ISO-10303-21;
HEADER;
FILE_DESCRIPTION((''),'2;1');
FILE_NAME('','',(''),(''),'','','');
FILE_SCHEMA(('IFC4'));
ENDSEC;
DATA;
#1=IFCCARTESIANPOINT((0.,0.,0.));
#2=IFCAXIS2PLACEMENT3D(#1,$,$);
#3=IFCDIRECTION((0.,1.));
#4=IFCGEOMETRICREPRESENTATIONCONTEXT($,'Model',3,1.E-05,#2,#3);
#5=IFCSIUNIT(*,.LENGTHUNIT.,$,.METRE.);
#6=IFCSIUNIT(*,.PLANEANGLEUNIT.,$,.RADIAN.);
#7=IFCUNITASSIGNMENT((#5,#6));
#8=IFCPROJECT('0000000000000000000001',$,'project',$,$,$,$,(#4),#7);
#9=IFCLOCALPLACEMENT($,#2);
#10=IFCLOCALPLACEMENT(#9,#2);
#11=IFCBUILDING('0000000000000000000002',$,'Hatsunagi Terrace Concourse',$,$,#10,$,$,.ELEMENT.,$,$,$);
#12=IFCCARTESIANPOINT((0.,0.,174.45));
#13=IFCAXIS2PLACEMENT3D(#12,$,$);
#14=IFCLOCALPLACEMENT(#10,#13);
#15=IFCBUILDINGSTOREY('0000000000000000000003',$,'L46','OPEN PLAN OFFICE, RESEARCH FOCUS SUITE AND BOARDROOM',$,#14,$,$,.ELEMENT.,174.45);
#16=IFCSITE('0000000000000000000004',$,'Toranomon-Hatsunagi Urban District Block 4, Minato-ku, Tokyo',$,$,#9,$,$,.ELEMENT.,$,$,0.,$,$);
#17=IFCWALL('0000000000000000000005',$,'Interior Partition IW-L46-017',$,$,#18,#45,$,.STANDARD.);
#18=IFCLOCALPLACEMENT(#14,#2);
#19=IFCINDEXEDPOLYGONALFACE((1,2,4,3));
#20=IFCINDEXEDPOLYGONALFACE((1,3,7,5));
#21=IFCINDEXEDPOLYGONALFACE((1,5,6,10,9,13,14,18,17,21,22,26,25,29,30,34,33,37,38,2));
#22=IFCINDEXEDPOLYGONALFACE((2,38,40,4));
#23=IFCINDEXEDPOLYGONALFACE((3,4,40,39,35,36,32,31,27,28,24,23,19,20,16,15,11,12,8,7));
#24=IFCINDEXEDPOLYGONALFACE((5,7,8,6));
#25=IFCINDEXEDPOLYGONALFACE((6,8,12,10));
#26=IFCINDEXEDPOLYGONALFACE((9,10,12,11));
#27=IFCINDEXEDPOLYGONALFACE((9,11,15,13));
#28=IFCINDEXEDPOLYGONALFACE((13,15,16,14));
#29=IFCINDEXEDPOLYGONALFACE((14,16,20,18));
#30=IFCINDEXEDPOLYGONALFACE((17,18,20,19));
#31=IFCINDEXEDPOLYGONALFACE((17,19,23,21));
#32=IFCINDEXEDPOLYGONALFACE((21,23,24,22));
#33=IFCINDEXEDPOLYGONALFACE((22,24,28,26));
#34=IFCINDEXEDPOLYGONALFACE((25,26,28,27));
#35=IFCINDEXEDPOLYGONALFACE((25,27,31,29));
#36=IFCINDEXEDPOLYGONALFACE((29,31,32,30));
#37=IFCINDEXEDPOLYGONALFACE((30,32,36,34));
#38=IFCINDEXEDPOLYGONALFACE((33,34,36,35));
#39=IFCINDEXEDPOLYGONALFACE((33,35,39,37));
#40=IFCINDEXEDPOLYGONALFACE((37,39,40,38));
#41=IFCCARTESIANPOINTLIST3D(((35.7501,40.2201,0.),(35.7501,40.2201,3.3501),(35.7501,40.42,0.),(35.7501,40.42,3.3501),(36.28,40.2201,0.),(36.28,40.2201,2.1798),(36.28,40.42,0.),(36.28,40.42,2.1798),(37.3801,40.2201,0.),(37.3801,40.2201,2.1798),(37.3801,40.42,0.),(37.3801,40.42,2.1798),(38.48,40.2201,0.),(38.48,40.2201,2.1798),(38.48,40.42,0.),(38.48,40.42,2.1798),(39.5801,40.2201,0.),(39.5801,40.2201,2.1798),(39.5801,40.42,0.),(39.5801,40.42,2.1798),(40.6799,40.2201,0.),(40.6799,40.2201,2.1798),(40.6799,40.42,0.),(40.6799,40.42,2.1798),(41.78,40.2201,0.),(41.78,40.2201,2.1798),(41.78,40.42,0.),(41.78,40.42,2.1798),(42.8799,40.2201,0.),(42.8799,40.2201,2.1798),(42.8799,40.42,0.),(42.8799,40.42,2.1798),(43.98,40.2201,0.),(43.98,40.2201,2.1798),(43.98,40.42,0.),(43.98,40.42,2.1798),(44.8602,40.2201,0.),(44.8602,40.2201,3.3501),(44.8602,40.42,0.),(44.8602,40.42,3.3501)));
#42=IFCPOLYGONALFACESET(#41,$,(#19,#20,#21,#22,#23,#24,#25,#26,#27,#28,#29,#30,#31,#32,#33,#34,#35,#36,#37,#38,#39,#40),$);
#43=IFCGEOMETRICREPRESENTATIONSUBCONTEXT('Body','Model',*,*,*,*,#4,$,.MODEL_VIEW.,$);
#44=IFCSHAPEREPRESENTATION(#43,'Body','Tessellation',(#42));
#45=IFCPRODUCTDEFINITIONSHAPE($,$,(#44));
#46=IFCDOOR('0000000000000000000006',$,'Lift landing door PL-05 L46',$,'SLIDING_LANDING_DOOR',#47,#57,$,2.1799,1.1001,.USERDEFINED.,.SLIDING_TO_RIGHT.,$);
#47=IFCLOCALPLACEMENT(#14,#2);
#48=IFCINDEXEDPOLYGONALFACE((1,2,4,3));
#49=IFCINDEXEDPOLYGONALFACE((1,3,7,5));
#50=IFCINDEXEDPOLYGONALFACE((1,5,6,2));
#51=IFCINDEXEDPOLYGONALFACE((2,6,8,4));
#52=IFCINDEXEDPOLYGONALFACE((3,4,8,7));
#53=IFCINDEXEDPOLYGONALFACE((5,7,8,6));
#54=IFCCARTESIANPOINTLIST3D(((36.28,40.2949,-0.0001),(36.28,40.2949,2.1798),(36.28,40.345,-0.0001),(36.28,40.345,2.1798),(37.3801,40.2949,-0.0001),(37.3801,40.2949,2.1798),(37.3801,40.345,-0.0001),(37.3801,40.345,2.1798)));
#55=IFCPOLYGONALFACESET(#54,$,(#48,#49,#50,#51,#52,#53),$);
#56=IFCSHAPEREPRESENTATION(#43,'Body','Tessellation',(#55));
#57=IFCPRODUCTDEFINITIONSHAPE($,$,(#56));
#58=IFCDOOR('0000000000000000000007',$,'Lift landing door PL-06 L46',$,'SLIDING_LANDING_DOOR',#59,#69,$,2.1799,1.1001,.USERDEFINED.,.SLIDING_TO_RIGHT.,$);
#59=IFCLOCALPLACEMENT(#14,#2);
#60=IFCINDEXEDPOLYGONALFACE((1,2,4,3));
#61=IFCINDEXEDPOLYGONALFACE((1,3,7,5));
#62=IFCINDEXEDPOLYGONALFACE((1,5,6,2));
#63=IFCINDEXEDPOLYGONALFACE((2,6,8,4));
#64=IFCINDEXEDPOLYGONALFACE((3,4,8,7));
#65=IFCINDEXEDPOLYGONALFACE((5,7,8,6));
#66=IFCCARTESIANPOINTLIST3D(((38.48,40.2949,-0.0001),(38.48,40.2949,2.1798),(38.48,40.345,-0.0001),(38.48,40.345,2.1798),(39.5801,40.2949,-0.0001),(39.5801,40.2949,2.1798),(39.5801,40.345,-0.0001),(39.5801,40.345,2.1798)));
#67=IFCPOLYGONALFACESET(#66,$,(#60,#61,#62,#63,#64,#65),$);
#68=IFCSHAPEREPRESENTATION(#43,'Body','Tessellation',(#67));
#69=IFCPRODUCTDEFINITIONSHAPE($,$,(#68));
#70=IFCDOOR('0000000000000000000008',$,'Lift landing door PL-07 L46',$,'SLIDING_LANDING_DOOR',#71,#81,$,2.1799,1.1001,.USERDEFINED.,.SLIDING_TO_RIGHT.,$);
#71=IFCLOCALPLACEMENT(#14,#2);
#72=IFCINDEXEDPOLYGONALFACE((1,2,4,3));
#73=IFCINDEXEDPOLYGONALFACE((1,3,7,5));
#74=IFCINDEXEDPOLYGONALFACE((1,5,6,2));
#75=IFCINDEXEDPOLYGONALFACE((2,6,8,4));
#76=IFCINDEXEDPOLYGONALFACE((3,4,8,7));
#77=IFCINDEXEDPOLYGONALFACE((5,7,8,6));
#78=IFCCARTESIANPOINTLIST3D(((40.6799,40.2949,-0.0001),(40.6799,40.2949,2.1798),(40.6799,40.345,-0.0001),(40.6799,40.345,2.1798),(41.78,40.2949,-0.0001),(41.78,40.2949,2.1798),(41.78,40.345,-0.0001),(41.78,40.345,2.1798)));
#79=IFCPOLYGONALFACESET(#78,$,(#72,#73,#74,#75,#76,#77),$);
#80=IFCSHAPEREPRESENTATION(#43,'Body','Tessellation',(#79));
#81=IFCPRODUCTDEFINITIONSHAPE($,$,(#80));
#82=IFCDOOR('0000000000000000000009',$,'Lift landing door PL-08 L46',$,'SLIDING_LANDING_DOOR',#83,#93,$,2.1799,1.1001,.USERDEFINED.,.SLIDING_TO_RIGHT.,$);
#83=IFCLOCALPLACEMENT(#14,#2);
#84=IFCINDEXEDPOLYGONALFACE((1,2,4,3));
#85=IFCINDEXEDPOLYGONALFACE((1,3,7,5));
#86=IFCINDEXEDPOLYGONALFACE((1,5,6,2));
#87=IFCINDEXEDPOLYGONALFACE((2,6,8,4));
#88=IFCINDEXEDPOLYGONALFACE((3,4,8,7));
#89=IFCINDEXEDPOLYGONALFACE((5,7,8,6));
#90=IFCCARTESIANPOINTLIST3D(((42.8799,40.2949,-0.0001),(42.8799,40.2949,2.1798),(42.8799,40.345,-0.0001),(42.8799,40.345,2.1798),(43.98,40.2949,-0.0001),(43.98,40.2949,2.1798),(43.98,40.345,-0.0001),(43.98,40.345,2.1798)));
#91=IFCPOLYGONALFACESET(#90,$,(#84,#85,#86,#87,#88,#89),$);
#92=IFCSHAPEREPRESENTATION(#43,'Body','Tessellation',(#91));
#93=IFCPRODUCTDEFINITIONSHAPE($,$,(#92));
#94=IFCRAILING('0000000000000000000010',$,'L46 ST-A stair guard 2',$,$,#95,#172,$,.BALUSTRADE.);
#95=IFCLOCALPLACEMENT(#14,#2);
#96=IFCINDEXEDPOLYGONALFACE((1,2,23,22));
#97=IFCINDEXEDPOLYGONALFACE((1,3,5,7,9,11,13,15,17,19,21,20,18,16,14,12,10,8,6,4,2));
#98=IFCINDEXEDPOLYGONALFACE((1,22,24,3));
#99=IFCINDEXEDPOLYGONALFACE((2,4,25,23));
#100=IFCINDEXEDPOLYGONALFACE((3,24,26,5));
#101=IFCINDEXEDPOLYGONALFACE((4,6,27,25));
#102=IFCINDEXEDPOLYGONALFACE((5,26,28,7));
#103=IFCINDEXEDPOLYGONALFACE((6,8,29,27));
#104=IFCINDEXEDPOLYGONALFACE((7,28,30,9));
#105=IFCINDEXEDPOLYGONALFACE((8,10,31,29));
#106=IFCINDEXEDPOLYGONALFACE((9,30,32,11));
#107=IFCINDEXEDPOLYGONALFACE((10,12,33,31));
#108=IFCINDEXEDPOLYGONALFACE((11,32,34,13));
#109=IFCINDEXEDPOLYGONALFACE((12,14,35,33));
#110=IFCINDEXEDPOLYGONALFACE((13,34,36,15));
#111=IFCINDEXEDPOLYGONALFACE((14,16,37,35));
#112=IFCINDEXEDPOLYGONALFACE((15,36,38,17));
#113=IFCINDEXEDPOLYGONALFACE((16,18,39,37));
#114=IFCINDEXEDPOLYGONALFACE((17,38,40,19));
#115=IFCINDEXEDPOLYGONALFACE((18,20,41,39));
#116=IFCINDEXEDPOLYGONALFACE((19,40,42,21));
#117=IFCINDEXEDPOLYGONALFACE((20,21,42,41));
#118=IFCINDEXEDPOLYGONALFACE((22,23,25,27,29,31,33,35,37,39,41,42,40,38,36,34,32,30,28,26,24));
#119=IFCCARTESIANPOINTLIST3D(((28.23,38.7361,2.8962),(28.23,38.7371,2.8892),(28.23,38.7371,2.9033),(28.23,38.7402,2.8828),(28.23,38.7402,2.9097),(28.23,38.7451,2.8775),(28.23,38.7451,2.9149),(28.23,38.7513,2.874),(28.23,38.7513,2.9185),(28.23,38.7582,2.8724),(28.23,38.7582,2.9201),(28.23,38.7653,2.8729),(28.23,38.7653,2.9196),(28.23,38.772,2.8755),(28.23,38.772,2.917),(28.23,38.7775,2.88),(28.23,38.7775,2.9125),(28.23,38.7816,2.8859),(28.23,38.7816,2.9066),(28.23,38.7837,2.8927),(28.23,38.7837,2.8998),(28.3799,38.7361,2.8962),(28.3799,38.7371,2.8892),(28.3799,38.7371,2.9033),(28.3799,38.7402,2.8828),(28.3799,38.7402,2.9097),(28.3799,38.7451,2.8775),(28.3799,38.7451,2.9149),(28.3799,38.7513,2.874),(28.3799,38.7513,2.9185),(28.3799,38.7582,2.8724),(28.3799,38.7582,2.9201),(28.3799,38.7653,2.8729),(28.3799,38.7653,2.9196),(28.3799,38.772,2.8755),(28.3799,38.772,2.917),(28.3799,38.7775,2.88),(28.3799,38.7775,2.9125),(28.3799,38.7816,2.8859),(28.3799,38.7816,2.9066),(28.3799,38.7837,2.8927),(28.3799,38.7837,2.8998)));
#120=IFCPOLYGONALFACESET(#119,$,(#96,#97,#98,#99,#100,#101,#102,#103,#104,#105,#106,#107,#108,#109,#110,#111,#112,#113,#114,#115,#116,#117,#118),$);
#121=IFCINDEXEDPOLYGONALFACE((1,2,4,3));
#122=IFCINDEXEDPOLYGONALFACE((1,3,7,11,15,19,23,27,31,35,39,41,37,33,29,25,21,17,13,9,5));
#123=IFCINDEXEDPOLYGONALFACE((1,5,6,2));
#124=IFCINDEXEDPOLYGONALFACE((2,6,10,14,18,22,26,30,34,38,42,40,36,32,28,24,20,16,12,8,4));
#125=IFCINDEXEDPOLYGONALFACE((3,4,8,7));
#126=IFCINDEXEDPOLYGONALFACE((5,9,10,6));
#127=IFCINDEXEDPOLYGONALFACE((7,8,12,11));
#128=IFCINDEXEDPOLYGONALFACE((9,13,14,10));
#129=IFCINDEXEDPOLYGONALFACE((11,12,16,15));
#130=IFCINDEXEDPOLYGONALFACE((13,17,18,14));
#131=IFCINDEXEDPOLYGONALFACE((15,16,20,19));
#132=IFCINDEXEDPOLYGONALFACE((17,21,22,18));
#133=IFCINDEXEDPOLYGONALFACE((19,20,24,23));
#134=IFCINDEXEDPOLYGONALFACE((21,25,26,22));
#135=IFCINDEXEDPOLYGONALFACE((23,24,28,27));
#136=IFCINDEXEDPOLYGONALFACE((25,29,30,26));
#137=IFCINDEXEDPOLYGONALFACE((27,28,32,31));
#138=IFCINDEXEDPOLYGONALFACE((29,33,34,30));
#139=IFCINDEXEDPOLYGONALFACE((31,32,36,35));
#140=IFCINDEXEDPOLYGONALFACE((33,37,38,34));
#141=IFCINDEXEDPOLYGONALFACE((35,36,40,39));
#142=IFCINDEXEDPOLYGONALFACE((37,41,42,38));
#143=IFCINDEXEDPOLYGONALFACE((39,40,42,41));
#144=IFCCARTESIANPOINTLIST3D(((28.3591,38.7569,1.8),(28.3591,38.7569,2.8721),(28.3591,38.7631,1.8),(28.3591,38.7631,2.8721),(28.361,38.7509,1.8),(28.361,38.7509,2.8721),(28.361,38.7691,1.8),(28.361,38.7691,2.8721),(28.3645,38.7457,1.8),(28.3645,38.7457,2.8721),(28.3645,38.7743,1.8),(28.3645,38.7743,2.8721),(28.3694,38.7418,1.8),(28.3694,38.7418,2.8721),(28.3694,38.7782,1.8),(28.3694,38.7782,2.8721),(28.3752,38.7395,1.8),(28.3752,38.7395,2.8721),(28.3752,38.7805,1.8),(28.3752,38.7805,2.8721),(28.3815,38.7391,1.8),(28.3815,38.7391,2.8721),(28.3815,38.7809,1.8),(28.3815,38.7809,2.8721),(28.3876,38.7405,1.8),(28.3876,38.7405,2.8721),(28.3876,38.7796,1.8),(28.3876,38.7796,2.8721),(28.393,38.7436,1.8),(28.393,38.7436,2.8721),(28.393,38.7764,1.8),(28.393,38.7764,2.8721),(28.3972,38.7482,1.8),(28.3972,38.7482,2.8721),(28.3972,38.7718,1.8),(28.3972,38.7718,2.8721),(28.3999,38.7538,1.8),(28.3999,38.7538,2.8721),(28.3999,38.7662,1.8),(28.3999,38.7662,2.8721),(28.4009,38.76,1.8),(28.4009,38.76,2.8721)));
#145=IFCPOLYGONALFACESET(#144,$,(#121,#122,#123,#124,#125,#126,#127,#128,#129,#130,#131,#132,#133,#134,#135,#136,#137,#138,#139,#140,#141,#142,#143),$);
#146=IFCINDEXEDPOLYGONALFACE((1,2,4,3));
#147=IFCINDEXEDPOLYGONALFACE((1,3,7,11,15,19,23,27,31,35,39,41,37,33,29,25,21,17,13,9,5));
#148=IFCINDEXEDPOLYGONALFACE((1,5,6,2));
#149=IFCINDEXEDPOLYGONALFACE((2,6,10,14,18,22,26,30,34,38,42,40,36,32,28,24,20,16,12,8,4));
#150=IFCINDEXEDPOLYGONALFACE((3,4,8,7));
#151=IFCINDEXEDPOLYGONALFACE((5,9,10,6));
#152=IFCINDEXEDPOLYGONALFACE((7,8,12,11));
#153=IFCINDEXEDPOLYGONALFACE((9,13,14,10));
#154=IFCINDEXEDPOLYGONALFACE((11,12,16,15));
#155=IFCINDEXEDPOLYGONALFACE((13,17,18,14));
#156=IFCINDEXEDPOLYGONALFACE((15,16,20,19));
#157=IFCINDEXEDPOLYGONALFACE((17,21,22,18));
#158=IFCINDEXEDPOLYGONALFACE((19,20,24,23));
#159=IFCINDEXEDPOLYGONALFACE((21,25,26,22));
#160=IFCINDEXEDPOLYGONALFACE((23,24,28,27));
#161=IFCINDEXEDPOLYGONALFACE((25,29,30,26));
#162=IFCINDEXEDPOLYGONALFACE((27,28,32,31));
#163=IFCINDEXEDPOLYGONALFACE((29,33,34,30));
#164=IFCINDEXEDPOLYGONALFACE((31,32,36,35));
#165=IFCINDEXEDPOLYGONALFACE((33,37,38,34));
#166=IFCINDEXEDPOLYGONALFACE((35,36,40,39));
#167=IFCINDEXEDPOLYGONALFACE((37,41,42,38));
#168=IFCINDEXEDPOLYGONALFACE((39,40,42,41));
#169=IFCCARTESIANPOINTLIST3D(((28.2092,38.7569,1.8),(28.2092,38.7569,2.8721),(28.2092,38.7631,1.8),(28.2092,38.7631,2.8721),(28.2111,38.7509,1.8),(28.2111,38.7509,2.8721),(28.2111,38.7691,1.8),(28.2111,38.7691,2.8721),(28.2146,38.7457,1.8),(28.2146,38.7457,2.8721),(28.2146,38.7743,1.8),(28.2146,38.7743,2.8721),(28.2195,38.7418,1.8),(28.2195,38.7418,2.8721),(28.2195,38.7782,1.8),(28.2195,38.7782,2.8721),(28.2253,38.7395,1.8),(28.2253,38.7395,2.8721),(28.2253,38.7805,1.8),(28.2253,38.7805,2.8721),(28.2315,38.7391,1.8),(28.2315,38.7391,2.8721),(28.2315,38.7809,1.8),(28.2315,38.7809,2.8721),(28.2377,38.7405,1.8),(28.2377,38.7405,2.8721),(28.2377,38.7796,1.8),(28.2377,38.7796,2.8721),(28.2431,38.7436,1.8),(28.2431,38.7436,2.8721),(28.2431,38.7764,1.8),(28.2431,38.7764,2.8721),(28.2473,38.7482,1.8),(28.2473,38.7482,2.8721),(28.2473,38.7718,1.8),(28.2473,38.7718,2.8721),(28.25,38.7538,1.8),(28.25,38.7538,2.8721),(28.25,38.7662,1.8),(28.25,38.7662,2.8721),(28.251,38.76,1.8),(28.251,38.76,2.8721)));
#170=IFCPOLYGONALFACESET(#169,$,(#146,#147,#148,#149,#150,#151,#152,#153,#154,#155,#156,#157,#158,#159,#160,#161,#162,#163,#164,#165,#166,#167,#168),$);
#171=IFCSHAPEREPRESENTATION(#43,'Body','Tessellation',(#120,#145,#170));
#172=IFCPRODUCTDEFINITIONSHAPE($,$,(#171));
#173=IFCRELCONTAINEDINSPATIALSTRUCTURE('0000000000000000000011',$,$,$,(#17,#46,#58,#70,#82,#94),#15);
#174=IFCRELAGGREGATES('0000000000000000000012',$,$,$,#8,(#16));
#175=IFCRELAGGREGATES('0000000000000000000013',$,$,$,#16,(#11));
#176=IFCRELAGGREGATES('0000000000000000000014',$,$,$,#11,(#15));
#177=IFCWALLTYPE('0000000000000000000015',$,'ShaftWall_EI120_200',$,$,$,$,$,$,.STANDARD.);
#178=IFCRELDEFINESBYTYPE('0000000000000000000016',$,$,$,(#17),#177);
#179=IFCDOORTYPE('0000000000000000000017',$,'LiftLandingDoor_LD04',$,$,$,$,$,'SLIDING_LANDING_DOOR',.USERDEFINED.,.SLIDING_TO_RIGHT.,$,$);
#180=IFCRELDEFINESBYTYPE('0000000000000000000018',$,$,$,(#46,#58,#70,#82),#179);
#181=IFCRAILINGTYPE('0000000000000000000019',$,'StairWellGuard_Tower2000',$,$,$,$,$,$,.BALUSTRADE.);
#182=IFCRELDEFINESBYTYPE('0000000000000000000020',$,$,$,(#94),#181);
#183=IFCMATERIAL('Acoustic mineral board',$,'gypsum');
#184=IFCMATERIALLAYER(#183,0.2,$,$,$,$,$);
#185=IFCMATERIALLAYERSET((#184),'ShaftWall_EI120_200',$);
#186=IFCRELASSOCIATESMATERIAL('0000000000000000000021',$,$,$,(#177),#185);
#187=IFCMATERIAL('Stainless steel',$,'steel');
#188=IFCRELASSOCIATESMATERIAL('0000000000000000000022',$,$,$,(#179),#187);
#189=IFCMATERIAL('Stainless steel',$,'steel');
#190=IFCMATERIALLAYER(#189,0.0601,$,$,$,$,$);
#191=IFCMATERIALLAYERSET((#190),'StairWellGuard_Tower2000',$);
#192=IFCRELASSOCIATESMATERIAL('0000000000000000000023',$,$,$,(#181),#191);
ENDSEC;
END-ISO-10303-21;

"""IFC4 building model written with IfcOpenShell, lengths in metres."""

from ifc_helpers import new_model, si_unit, direction, frame, frame_2d, origin, origin_2d, place, context, subcontext, project, spatial, rectangle, circle, extrude, material, layer, layer_set, type_object, element, fill, save


model = new_model("IFC4")

# Units and contexts
model_context = context("Model", 3, precision=1e-05, world=origin(), true_north=direction((0.0, 1.0)))
body_context = subcontext(model_context, "Body", "Model", "MODEL_VIEW")
ifc_project = project(units=[si_unit("LENGTHUNIT", "METRE"), si_unit("PLANEANGLEUNIT", "RADIAN")], contexts=[model_context])

# Site, building, storey
site_placement = place(None, origin())
site = spatial("IfcSite", under=ifc_project, at=site_placement, Name="Toranomon-Hatsunagi Urban District Block 4, Minato-ku, Tokyo", CompositionType="ELEMENT", RefElevation=0.0)
building_placement = place(site_placement, origin())
building = spatial("IfcBuilding", under=site, at=building_placement, Name="Hatsunagi Terrace Concourse", CompositionType="ELEMENT")
storey_placement = place(building_placement, frame((0.0, 0.0, 174.45)))
storey = spatial("IfcBuildingStorey", under=building, at=storey_placement, Name="L46", Description="OPEN PLAN OFFICE, RESEARCH FOCUS SUITE AND BOARDROOM", CompositionType="ELEMENT", Elevation=174.45)

# Shared definitions
ifc_material_1 = material(Name="Acoustic mineral board", Category="gypsum")
ifc_layer_1 = layer(ifc_material_1, 0.2)
ifc_layer_set_1 = layer_set([ifc_layer_1], Name="ShaftWall_EI120_200")
wall_type_1 = type_object("IfcWallType", Name="ShaftWall_EI120_200", PredefinedType="STANDARD", material=ifc_layer_set_1)

# Wall, openings, doors
wall_1_placement = place(storey_placement, frame((35.75, 40.3201, 0.0), z_axis=(0.0, 0.0, 1.0), x_axis=(1.0, 0.0, 0.0)))
wall_1 = element("IfcWall", 1, at=wall_1_placement, inside=storey, type_object=wall_type_1, Name="Interior Partition IW-L46-017", PredefinedType="STANDARD", context=body_context, shape_type="SweptSolid", body=[
    extrude(rectangle(XDim=9.1101, YDim=0.2, at=frame_2d((4.5552, 0.0))), origin(), (0.0, 0.0, 1.0), 3.3501),
])
opening_1_placement = place(wall_1_placement, frame((0.53, 0.0, 0.0)))
opening_1 = element("IfcOpeningElement", 2, at=opening_1_placement, cuts=wall_1, PredefinedType="OPENING", context=body_context, shape_type="SweptSolid", body=[
    extrude(rectangle(XDim=1.1001, YDim=2.1799, at=frame_2d((0.55, 1.0898))), frame((0.0, 0.1099, 0.0), z_axis=(0.0, -1.0, 0.0), x_axis=(1.0, 0.0, 0.0)), (0.0, 0.0, 1.0), 0.22),
])
opening_2_placement = place(wall_1_placement, frame((2.73, 0.0, 0.0)))
opening_2 = element("IfcOpeningElement", 3, at=opening_2_placement, cuts=wall_1, PredefinedType="OPENING", context=body_context, shape_type="SweptSolid", body=[
    extrude(rectangle(XDim=1.1001, YDim=2.1799, at=frame_2d((0.55, 1.0898))), frame((0.0, 0.1099, 0.0), z_axis=(0.0, -1.0, 0.0), x_axis=(1.0, 0.0, 0.0)), (0.0, 0.0, 1.0), 0.22),
])
opening_3_placement = place(wall_1_placement, frame((4.9299, 0.0, 0.0)))
opening_3 = element("IfcOpeningElement", 4, at=opening_3_placement, cuts=wall_1, PredefinedType="OPENING", context=body_context, shape_type="SweptSolid", body=[
    extrude(rectangle(XDim=1.1001, YDim=2.1799, at=frame_2d((0.55, 1.0898))), frame((0.0, 0.1099, 0.0), z_axis=(0.0, -1.0, 0.0), x_axis=(1.0, 0.0, 0.0)), (0.0, 0.0, 1.0), 0.22),
])
opening_4_placement = place(wall_1_placement, frame((7.1299, 0.0, 0.0)))
opening_4 = element("IfcOpeningElement", 5, at=opening_4_placement, cuts=wall_1, PredefinedType="OPENING", context=body_context, shape_type="SweptSolid", body=[
    extrude(rectangle(XDim=1.1001, YDim=2.1799, at=frame_2d((0.55, 1.0898))), frame((0.0, 0.1099, 0.0), z_axis=(0.0, -1.0, 0.0), x_axis=(1.0, 0.0, 0.0)), (0.0, 0.0, 1.0), 0.22),
])
ifc_material_2 = material(Name="Stainless steel", Category="steel")
door_type_1 = type_object("IfcDoorType", Name="LiftLandingDoor_LD04", ElementType="SLIDING_LANDING_DOOR", OperationType="SLIDING_TO_RIGHT", PredefinedType="USERDEFINED", material=ifc_material_2)
door_1_placement = place(opening_1_placement, origin())
door_1 = element("IfcDoor", 6, at=door_1_placement, inside=storey, type_object=door_type_1, Name="Lift landing door PL-05 L46", ObjectType="SLIDING_LANDING_DOOR", OperationType="SLIDING_TO_RIGHT", OverallHeight=2.1799, OverallWidth=1.1001, PredefinedType="USERDEFINED", context=body_context, shape_type="SweptSolid", body=[
    extrude(rectangle(XDim=1.1001, YDim=2.1799, at=frame_2d((0.55, 1.0898))), frame((0.0, 0.0249, 0.0), z_axis=(0.0, -1.0, 0.0), x_axis=(1.0, 0.0, 0.0)), (0.0, 0.0, 1.0), 0.05),
])
fill(opening_1, door_1)
door_2_placement = place(opening_2_placement, origin())
door_2 = element("IfcDoor", 7, at=door_2_placement, inside=storey, type_object=door_type_1, Name="Lift landing door PL-06 L46", ObjectType="SLIDING_LANDING_DOOR", OperationType="SLIDING_TO_RIGHT", OverallHeight=2.1799, OverallWidth=1.1001, PredefinedType="USERDEFINED", context=body_context, shape_type="SweptSolid", body=[
    extrude(rectangle(XDim=1.1001, YDim=2.1799, at=frame_2d((0.55, 1.0898))), frame((0.0, 0.0249, 0.0), z_axis=(0.0, -1.0, 0.0), x_axis=(1.0, 0.0, 0.0)), (0.0, 0.0, 1.0), 0.05),
])
fill(opening_2, door_2)
door_3_placement = place(opening_3_placement, origin())
door_3 = element("IfcDoor", 8, at=door_3_placement, inside=storey, type_object=door_type_1, Name="Lift landing door PL-07 L46", ObjectType="SLIDING_LANDING_DOOR", OperationType="SLIDING_TO_RIGHT", OverallHeight=2.1799, OverallWidth=1.1001, PredefinedType="USERDEFINED", context=body_context, shape_type="SweptSolid", body=[
    extrude(rectangle(XDim=1.1001, YDim=2.1799, at=frame_2d((0.55, 1.0898))), frame((0.0, 0.0249, 0.0), z_axis=(0.0, -1.0, 0.0), x_axis=(1.0, 0.0, 0.0)), (0.0, 0.0, 1.0), 0.05),
])
fill(opening_3, door_3)
door_4_placement = place(opening_4_placement, origin())
door_4 = element("IfcDoor", 9, at=door_4_placement, inside=storey, type_object=door_type_1, Name="Lift landing door PL-08 L46", ObjectType="SLIDING_LANDING_DOOR", OperationType="SLIDING_TO_RIGHT", OverallHeight=2.1799, OverallWidth=1.1001, PredefinedType="USERDEFINED", context=body_context, shape_type="SweptSolid", body=[
    extrude(rectangle(XDim=1.1001, YDim=2.1799, at=frame_2d((0.55, 1.0898))), frame((0.0, 0.0249, 0.0), z_axis=(0.0, -1.0, 0.0), x_axis=(1.0, 0.0, 0.0)), (0.0, 0.0, 1.0), 0.05),
])
fill(opening_4, door_4)

# Railing
ifc_material_3 = material(Name="Stainless steel", Category="steel")
ifc_layer_2 = layer(ifc_material_3, 0.0601)
ifc_layer_set_2 = layer_set([ifc_layer_2], Name="StairWellGuard_Tower2000")
railing_type = type_object("IfcRailingType", Name="StairWellGuard_Tower2000", PredefinedType="BALUSTRADE", material=ifc_layer_set_2)
railing_placement = place(storey_placement, frame((28.3799, 38.76, 1.8)))
element("IfcRailing", 10, at=railing_placement, inside=storey, type_object=railing_type, Name="L46 ST-A stair guard 2", PredefinedType="BALUSTRADE", context=body_context, shape_type="SweptSolid", body=[
    extrude(circle(Radius=0.0239, at=origin_2d()), frame((0.0, 0.0, 1.0962), z_axis=(-1.0, 0.0, 0.0), x_axis=(0.0, -1.0, 0.0)), (0.0, 0.0, 1.0), 0.1499),
    extrude(circle(Radius=0.021, at=origin_2d()), origin(), (0.0, 0.0, 1.0), 1.072),
    extrude(circle(Radius=0.021, at=origin_2d()), frame((-0.1499, 0.0, 0.0)), (0.0, 0.0, 1.0), 1.072),
])

save(model, "model.ifc")
